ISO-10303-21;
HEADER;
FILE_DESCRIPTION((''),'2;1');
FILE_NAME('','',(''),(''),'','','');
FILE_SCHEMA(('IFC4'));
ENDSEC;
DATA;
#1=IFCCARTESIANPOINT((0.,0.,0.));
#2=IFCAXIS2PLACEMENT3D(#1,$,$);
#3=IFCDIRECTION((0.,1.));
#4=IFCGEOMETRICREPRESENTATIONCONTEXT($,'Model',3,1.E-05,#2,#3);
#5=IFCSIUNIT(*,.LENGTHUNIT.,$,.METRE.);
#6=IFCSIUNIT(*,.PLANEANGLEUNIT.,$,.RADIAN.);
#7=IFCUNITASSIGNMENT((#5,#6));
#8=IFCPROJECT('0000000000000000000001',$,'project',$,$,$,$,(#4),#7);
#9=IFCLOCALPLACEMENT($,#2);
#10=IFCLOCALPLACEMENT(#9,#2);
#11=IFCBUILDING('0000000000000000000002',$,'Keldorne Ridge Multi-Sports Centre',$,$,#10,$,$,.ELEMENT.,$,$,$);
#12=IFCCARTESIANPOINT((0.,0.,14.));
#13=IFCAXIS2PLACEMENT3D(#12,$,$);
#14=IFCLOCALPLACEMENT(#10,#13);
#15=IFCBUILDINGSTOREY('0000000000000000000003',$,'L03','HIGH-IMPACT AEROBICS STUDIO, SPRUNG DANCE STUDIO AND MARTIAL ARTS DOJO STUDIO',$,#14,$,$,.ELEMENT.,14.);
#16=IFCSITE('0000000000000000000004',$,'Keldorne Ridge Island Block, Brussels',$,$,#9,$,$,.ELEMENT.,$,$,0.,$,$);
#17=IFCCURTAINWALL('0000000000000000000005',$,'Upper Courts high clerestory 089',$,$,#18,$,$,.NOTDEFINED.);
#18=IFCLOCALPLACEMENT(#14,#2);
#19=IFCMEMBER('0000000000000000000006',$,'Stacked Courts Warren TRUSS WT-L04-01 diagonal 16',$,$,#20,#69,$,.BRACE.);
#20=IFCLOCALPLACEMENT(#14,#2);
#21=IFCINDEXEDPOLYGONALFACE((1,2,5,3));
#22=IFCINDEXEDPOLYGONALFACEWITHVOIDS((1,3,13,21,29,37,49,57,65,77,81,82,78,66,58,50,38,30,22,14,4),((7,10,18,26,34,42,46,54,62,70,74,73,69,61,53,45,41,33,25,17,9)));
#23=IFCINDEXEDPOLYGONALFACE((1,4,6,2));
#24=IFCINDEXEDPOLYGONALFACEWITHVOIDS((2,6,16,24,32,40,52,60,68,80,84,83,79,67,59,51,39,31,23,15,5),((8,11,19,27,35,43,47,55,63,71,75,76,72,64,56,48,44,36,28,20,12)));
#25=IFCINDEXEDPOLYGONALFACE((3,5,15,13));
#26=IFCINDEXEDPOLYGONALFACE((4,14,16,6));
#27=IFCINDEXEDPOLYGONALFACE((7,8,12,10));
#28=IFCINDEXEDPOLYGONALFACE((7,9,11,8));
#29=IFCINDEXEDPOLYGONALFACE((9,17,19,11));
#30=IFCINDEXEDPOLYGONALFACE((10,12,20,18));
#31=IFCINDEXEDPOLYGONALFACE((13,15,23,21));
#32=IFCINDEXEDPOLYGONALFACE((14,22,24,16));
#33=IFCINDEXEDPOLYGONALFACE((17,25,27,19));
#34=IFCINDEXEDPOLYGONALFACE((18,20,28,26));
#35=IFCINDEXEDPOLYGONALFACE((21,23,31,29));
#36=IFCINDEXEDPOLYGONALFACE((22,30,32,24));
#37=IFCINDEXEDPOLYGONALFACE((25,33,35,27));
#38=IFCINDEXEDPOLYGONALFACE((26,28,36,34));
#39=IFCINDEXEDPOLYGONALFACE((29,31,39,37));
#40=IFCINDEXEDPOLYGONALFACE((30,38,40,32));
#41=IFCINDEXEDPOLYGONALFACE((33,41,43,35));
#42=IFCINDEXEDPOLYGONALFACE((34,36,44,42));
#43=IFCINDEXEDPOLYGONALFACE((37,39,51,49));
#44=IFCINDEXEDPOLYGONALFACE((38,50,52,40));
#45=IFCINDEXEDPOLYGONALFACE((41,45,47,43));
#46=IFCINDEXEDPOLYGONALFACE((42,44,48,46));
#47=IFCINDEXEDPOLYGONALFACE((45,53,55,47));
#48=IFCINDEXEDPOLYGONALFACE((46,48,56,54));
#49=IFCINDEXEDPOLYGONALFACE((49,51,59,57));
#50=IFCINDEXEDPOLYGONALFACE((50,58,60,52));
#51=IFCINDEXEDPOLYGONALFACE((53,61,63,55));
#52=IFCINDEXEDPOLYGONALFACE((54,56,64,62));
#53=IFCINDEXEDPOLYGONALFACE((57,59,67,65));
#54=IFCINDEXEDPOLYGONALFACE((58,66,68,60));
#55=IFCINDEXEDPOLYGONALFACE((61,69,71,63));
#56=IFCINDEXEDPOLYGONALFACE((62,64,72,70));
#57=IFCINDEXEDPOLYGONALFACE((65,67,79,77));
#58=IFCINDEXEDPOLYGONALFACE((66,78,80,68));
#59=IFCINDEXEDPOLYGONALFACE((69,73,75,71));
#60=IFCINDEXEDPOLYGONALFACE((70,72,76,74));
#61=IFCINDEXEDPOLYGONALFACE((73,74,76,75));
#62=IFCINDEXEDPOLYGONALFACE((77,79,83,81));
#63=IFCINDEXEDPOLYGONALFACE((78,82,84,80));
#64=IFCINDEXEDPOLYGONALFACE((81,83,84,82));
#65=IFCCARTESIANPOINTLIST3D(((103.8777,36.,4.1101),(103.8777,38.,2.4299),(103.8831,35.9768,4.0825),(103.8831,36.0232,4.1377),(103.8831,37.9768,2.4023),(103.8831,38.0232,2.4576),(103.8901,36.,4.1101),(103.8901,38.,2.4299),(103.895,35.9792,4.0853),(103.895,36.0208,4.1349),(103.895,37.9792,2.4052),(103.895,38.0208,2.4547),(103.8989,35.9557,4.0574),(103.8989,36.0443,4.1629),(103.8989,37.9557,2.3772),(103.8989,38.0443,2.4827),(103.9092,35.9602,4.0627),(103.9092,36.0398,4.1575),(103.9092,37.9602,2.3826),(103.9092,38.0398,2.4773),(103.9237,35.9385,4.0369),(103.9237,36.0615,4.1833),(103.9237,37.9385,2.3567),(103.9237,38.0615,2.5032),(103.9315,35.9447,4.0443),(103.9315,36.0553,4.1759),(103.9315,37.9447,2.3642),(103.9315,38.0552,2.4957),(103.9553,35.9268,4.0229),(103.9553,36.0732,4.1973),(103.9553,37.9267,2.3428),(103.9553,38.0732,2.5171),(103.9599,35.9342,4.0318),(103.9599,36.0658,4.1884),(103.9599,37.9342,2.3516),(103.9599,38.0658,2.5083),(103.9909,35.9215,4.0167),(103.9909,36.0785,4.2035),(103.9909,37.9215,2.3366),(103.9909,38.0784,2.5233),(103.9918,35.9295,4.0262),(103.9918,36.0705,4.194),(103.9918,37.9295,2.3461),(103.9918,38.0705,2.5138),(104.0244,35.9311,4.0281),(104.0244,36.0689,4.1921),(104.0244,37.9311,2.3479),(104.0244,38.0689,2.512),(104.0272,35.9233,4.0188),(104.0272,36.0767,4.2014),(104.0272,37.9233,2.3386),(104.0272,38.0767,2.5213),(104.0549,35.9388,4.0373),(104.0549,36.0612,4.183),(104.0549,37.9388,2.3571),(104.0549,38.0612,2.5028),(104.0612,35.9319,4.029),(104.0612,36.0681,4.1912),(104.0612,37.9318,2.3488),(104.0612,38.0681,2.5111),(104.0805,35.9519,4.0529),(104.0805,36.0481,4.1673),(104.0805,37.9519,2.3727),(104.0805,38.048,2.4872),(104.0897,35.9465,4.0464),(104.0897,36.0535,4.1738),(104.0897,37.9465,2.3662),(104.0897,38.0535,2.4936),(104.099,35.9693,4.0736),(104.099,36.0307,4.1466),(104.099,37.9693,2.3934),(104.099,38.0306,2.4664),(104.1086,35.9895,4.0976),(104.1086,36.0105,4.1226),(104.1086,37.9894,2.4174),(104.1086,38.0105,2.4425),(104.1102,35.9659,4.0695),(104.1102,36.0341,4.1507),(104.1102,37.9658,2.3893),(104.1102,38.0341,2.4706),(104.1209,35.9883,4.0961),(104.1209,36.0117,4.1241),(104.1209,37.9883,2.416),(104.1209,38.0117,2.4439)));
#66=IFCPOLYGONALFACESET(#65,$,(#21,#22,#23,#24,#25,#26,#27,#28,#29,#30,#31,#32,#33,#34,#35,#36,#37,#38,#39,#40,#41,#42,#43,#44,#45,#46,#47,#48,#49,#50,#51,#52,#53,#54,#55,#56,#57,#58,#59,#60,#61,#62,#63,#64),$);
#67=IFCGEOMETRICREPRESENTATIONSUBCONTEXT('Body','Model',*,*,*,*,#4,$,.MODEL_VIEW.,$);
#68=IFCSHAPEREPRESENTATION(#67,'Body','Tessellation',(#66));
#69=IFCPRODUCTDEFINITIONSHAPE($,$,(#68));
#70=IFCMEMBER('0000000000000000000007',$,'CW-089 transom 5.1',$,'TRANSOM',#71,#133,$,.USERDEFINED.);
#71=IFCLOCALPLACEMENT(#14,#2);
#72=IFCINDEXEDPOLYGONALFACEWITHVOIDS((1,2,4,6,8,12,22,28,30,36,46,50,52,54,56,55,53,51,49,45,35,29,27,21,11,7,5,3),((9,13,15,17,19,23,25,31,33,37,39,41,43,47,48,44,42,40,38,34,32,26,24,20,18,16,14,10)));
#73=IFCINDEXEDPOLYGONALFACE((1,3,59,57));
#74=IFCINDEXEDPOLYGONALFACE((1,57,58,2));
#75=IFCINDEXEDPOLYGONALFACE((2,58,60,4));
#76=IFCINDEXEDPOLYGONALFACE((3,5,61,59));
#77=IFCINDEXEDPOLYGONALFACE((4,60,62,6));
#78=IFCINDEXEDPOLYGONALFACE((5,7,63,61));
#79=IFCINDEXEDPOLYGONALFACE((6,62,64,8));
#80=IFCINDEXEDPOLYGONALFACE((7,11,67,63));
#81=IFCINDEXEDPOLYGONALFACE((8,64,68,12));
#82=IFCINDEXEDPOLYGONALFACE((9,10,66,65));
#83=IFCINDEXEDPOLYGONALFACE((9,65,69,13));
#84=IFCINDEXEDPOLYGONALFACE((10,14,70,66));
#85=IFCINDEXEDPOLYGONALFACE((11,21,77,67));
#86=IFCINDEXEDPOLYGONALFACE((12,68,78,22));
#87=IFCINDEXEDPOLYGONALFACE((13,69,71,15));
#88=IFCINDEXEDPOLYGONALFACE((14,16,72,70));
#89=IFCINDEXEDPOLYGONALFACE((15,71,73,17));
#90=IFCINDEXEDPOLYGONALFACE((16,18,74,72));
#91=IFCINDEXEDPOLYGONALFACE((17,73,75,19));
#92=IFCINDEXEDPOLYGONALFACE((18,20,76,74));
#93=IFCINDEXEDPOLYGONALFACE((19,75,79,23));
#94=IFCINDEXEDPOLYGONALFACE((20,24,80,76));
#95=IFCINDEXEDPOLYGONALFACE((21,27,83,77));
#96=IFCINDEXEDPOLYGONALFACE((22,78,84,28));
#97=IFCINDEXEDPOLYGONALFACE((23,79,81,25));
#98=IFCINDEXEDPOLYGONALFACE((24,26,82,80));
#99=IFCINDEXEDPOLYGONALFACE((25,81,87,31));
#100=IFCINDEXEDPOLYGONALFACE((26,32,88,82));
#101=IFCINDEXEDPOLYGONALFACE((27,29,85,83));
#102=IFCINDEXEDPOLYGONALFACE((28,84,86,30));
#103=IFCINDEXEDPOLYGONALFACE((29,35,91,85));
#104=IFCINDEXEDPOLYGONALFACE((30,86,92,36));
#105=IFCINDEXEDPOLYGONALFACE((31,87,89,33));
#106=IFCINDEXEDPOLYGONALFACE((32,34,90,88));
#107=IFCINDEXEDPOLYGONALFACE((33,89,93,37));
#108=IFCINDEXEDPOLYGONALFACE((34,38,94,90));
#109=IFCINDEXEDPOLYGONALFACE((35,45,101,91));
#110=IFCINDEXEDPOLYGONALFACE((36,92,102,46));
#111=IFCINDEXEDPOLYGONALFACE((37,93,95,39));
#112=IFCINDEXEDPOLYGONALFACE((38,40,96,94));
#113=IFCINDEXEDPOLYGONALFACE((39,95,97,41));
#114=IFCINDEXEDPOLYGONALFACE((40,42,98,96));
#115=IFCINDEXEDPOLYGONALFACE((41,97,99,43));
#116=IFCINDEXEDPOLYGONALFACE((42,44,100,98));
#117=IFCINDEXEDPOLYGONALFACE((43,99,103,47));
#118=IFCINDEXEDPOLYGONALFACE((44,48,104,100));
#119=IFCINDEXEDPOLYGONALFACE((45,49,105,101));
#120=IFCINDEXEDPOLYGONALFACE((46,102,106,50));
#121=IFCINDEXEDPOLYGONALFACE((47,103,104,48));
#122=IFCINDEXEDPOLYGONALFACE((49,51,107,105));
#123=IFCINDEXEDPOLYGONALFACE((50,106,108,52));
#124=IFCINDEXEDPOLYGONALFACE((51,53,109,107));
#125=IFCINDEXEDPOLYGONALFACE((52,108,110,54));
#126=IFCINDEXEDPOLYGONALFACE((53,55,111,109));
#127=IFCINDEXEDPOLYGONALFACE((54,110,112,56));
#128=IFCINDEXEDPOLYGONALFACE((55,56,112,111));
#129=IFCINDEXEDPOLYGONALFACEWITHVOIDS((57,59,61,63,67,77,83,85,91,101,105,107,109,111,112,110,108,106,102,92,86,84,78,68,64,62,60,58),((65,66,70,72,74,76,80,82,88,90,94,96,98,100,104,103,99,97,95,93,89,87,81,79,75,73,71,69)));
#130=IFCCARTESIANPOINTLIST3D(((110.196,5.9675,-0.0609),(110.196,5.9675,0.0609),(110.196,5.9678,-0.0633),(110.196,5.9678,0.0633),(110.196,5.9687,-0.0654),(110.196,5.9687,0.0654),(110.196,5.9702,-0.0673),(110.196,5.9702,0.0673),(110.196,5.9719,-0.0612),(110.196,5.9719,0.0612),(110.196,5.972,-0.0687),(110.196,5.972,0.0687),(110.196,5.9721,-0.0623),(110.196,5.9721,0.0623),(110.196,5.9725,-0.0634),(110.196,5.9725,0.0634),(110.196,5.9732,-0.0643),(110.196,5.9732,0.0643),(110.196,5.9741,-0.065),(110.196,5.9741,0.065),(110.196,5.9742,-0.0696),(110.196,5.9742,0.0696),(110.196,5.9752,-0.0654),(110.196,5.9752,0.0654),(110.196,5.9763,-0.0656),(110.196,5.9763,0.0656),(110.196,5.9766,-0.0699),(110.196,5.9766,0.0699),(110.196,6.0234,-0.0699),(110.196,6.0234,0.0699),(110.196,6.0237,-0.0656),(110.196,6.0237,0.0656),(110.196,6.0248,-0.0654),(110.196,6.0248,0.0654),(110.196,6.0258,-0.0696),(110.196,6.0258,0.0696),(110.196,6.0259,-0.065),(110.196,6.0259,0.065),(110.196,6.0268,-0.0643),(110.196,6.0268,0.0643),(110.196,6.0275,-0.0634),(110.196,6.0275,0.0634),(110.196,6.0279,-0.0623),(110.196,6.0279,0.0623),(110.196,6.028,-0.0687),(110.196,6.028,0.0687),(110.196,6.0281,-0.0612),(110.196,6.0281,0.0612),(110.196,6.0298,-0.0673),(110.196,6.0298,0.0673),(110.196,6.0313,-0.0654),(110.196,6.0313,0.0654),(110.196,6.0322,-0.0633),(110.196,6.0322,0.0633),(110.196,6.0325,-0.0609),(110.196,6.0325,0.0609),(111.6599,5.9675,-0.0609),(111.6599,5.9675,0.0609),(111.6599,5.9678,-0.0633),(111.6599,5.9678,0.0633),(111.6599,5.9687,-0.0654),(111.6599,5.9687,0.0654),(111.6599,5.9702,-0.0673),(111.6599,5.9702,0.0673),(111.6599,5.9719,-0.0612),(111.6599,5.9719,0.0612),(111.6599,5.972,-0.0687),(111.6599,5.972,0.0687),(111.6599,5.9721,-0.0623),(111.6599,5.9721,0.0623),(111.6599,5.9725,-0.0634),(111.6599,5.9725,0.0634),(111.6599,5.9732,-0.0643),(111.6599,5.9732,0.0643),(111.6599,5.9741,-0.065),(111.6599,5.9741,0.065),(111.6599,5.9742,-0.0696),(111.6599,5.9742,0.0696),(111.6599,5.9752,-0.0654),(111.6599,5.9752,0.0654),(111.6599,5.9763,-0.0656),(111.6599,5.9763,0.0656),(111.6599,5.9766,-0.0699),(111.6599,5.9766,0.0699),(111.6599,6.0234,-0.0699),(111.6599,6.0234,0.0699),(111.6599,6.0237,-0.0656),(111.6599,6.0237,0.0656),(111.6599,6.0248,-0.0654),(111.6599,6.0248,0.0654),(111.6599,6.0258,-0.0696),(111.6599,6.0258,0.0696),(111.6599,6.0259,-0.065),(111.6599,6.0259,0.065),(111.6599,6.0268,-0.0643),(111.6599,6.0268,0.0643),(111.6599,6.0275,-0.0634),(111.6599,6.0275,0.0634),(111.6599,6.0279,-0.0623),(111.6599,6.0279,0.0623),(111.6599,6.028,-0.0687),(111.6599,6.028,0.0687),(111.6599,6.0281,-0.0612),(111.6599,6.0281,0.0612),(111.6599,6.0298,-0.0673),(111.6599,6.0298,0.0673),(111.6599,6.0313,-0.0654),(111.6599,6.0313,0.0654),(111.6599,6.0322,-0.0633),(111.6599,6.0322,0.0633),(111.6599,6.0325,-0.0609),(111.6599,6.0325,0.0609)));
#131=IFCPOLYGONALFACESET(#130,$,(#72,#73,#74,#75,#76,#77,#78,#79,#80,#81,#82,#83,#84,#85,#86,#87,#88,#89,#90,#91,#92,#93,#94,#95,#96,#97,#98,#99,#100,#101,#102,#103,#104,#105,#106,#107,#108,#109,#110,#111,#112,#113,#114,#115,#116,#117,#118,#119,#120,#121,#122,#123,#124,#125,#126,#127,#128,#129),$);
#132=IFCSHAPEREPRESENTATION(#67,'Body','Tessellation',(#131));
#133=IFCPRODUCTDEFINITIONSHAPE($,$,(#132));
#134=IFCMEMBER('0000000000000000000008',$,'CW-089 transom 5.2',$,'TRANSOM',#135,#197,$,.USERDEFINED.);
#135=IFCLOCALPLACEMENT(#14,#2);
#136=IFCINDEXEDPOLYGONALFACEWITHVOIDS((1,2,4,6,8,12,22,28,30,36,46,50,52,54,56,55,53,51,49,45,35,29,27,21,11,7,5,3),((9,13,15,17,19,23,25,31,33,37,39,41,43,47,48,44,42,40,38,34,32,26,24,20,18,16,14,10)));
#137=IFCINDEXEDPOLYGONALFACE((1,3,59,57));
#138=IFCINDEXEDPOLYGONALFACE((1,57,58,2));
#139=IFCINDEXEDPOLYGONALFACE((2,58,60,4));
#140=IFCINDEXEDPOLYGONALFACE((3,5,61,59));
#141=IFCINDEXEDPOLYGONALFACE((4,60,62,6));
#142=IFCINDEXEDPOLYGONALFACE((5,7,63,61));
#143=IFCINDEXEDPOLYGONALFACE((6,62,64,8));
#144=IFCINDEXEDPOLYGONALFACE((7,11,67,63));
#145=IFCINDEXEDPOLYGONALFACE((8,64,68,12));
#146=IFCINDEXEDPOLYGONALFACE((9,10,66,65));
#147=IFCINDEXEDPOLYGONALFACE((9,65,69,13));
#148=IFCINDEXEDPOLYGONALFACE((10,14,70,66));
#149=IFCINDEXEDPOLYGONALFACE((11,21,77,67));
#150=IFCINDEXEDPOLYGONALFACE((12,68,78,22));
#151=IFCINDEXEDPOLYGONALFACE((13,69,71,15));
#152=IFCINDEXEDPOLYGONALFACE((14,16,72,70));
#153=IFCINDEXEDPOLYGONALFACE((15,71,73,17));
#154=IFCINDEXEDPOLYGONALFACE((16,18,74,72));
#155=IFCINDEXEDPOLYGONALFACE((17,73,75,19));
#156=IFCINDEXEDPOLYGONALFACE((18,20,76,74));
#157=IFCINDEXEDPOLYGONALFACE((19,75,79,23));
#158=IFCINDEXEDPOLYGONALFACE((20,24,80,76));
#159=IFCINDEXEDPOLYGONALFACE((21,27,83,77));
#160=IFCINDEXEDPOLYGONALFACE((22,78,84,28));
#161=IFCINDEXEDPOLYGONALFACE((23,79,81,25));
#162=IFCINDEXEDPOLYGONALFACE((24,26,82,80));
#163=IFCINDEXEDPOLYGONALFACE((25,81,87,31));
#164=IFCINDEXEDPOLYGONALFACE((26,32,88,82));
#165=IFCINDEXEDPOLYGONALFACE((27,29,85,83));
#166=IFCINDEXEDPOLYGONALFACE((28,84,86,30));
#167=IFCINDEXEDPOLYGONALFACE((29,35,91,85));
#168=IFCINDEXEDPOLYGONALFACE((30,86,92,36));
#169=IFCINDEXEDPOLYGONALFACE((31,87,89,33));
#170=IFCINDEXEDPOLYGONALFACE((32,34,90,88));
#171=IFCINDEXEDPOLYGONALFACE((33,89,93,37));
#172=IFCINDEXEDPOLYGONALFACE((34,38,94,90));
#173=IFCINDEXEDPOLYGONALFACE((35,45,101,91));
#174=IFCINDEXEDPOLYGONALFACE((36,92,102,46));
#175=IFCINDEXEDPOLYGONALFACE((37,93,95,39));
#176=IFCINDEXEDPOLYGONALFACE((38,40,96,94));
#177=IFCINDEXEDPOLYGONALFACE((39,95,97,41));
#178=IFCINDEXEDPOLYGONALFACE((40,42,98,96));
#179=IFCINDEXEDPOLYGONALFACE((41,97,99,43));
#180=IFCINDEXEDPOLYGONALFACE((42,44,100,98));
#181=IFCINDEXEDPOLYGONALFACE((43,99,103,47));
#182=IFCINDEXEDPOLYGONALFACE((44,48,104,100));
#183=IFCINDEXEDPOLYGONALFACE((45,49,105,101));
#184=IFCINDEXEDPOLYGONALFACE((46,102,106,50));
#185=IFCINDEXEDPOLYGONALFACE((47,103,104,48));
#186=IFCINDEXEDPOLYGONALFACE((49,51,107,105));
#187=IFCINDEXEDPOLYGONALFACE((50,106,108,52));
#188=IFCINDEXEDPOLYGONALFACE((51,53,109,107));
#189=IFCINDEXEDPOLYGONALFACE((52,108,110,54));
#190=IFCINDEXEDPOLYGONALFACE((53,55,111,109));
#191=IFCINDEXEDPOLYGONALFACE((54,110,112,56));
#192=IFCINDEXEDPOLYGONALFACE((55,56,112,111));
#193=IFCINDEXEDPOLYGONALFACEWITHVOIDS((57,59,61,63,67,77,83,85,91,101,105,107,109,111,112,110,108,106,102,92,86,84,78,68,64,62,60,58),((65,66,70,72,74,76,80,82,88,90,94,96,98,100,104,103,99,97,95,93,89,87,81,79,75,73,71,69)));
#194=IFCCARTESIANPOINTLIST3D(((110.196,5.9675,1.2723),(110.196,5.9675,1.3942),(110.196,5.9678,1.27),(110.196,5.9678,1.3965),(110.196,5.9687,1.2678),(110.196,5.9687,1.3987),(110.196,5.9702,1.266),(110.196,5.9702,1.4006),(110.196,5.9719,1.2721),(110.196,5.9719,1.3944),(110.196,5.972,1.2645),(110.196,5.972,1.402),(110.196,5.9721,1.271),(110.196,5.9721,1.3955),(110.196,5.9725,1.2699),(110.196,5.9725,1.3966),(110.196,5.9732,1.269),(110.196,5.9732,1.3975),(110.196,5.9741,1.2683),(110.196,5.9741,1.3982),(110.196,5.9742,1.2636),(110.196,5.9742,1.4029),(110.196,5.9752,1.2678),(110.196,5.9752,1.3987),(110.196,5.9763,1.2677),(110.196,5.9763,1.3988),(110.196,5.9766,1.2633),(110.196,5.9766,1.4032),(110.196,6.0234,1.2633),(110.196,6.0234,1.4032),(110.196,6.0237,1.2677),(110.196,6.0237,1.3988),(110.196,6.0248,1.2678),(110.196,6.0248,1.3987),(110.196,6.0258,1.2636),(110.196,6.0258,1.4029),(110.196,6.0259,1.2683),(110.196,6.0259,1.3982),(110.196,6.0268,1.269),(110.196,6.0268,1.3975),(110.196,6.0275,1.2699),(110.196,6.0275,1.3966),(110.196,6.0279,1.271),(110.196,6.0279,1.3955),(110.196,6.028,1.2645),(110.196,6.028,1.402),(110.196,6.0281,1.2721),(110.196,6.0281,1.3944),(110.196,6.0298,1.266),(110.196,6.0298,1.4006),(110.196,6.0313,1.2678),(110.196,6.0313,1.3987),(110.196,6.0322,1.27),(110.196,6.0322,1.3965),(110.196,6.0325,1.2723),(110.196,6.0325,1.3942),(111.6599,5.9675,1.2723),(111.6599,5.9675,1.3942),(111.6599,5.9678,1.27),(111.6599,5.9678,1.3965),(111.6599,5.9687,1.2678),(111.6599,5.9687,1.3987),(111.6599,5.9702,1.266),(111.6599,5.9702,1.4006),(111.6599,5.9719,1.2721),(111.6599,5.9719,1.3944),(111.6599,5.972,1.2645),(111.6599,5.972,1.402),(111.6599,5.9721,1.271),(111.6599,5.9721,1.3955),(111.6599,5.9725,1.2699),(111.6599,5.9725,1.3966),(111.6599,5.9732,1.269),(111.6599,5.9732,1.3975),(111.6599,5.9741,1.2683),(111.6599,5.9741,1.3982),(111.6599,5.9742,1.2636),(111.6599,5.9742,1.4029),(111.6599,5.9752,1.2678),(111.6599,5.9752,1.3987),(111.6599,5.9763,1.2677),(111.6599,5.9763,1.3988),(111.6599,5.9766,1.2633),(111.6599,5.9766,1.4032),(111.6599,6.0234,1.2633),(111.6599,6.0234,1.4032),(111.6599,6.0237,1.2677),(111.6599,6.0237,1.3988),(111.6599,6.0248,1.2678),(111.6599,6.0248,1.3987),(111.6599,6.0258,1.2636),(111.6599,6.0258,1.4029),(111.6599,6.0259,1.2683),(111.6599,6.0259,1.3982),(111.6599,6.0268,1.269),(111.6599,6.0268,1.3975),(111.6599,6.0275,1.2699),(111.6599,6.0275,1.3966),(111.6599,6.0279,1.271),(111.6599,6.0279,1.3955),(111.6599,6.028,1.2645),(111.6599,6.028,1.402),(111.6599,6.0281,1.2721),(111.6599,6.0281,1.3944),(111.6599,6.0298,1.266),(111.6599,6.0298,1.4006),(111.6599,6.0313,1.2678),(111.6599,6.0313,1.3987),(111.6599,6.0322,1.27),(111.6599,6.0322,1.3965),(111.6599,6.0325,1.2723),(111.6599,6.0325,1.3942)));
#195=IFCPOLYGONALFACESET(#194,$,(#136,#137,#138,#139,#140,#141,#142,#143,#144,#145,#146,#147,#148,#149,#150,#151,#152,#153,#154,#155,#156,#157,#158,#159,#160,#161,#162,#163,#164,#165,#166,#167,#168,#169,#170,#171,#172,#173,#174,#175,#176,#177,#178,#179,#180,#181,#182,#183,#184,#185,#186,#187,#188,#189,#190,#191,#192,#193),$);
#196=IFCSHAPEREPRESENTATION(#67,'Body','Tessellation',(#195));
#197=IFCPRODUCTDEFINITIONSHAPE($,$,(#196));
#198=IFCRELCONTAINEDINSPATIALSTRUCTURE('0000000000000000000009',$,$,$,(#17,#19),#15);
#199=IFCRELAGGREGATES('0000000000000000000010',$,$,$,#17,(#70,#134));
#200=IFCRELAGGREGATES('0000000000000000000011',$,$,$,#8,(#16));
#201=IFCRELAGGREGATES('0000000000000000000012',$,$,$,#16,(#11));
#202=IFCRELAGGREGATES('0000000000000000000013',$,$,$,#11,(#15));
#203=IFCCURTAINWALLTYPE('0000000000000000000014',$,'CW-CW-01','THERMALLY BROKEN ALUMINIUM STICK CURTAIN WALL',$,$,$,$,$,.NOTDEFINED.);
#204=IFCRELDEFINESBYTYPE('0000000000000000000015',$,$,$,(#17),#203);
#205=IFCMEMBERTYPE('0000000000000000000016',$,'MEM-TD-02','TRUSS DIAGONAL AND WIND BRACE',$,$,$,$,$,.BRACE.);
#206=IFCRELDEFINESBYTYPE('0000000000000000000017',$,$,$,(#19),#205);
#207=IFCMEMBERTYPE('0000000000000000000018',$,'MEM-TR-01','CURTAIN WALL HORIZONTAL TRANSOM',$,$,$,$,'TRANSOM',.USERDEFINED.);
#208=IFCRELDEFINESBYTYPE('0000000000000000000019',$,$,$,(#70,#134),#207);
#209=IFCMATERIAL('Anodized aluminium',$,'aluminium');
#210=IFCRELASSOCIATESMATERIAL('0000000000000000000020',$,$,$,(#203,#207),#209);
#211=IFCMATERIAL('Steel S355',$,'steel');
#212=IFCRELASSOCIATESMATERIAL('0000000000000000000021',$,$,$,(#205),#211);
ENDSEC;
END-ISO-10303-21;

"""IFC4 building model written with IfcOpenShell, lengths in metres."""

from ifc_helpers import new_model, si_unit, direction, frame, origin, origin_2d, place, context, subcontext, project, spatial, hollow_rectangle, hollow_circle, extrude, material, material_profile, profile_set, type_object, element, aggregate, save


model = new_model("IFC4")

# Units and contexts
model_context = context("Model", 3, precision=1e-05, world=origin(), true_north=direction((0.0, 1.0)))
body_context = subcontext(model_context, "Body", "Model", "MODEL_VIEW")
ifc_project = project(units=[si_unit("LENGTHUNIT", "METRE"), si_unit("PLANEANGLEUNIT", "RADIAN")], contexts=[model_context])

# Site, building, storey
site_placement = place(None, origin())
site = spatial("IfcSite", under=ifc_project, at=site_placement, Name="Keldorne Ridge Island Block, Brussels", CompositionType="ELEMENT", RefElevation=0.0)
building_placement = place(site_placement, origin())
building = spatial("IfcBuilding", under=site, at=building_placement, Name="Keldorne Ridge Multi-Sports Centre", CompositionType="ELEMENT")
storey_placement = place(building_placement, frame((0.0, 0.0, 14.0)))
storey = spatial("IfcBuildingStorey", under=building, at=storey_placement, Name="L03", Description="HIGH-IMPACT AEROBICS STUDIO, SPRUNG DANCE STUDIO AND MARTIAL ARTS DOJO STUDIO", CompositionType="ELEMENT", Elevation=14.0)

# Shared definitions
ifc_material_1 = material(Name="Steel S355", Category="steel")

# Curtain wall
ifc_material_2 = material(Name="Anodized aluminium", Category="aluminium")
curtain_wall_type = type_object("IfcCurtainWallType", Name="CW-CW-01", Description="THERMALLY BROKEN ALUMINIUM STICK CURTAIN WALL", PredefinedType="NOTDEFINED", material=ifc_material_2)
curtain_wall_placement = place(storey_placement, origin())
curtain_wall = element("IfcCurtainWall", 1, at=curtain_wall_placement, inside=storey, type_object=curtain_wall_type, Name="Upper Courts high clerestory 089", PredefinedType="NOTDEFINED")

# Member
ifc_material_profile_1 = material_profile(ifc_material_1, hollow_circle(Radius=0.1223, WallThickness=0.0125, at=origin_2d()), Name="CHS 244.5x12.5")
ifc_profile_set_1 = profile_set([ifc_material_profile_1], Name="Steel S355")
member_type_1 = type_object("IfcMemberType", Name="MEM-TD-02", Description="TRUSS DIAGONAL AND WIND BRACE", PredefinedType="BRACE", material=ifc_profile_set_1)
for number, where, z_axis, x_axis, name in (
    (2, (104.0, 36.0, 4.1101), (0.0, 0.765672, -0.643232), (-1.0, 0.0, 0.0), "Stacked Courts Warren TRUSS WT-L04-01 diagonal 16"),
):
    element("IfcMember", number, at=place(storey_placement, frame(where, z_axis=z_axis, x_axis=x_axis)), inside=storey, type_object=member_type_1, Name=name, PredefinedType="BRACE", context=body_context, shape_type="SweptSolid", body=[
        extrude(hollow_circle(Radius=0.1223, WallThickness=0.0125, at=origin_2d()), origin(), (0.0, 0.0, 1.0), 2.6121),
    ])

# Members
ifc_material_profile_2 = material_profile(ifc_material_2, hollow_rectangle(XDim=0.0649, YDim=0.1399, WallThickness=0.0044, InnerFilletRadius=0.0044, OuterFilletRadius=0.009, at=origin_2d()), Name="ALU TRANSOM 140x65x4.5")
ifc_profile_set_2 = profile_set([ifc_material_profile_2], Name="Anodized aluminium")
member_type_2 = type_object("IfcMemberType", Name="MEM-TR-01", Description="CURTAIN WALL HORIZONTAL TRANSOM", ElementType="TRANSOM", PredefinedType="USERDEFINED", material=ifc_profile_set_2)
member_1_placement = place(storey_placement, frame((110.196, 6.0, 0.0), z_axis=(1.0, 0.0, 0.0), x_axis=(0.0, 1.0, 0.0)))
member_1 = element("IfcMember", 3, at=member_1_placement, type_object=member_type_2, Name="CW-089 transom 5.1", ObjectType="TRANSOM", PredefinedType="USERDEFINED", context=body_context, shape_type="SweptSolid", body=[
    extrude(hollow_rectangle(XDim=0.0649, YDim=0.1399, WallThickness=0.0044, InnerFilletRadius=0.0044, OuterFilletRadius=0.009, at=origin_2d()), origin(), (0.0, 0.0, 1.0), 1.4639),
])
member_2_placement = place(storey_placement, frame((110.196, 6.0, 1.3333), z_axis=(1.0, 0.0, 0.0), x_axis=(0.0, 1.0, 0.0)))
member_2 = element("IfcMember", 4, at=member_2_placement, type_object=member_type_2, Name="CW-089 transom 5.2", ObjectType="TRANSOM", PredefinedType="USERDEFINED", context=body_context, shape_type="SweptSolid", body=[
    extrude(hollow_rectangle(XDim=0.0649, YDim=0.1399, WallThickness=0.0044, InnerFilletRadius=0.0044, OuterFilletRadius=0.009, at=origin_2d()), origin(), (0.0, 0.0, 1.0), 1.4639),
])

aggregate(curtain_wall, [member_1, member_2])

save(model, "model.ifc")
